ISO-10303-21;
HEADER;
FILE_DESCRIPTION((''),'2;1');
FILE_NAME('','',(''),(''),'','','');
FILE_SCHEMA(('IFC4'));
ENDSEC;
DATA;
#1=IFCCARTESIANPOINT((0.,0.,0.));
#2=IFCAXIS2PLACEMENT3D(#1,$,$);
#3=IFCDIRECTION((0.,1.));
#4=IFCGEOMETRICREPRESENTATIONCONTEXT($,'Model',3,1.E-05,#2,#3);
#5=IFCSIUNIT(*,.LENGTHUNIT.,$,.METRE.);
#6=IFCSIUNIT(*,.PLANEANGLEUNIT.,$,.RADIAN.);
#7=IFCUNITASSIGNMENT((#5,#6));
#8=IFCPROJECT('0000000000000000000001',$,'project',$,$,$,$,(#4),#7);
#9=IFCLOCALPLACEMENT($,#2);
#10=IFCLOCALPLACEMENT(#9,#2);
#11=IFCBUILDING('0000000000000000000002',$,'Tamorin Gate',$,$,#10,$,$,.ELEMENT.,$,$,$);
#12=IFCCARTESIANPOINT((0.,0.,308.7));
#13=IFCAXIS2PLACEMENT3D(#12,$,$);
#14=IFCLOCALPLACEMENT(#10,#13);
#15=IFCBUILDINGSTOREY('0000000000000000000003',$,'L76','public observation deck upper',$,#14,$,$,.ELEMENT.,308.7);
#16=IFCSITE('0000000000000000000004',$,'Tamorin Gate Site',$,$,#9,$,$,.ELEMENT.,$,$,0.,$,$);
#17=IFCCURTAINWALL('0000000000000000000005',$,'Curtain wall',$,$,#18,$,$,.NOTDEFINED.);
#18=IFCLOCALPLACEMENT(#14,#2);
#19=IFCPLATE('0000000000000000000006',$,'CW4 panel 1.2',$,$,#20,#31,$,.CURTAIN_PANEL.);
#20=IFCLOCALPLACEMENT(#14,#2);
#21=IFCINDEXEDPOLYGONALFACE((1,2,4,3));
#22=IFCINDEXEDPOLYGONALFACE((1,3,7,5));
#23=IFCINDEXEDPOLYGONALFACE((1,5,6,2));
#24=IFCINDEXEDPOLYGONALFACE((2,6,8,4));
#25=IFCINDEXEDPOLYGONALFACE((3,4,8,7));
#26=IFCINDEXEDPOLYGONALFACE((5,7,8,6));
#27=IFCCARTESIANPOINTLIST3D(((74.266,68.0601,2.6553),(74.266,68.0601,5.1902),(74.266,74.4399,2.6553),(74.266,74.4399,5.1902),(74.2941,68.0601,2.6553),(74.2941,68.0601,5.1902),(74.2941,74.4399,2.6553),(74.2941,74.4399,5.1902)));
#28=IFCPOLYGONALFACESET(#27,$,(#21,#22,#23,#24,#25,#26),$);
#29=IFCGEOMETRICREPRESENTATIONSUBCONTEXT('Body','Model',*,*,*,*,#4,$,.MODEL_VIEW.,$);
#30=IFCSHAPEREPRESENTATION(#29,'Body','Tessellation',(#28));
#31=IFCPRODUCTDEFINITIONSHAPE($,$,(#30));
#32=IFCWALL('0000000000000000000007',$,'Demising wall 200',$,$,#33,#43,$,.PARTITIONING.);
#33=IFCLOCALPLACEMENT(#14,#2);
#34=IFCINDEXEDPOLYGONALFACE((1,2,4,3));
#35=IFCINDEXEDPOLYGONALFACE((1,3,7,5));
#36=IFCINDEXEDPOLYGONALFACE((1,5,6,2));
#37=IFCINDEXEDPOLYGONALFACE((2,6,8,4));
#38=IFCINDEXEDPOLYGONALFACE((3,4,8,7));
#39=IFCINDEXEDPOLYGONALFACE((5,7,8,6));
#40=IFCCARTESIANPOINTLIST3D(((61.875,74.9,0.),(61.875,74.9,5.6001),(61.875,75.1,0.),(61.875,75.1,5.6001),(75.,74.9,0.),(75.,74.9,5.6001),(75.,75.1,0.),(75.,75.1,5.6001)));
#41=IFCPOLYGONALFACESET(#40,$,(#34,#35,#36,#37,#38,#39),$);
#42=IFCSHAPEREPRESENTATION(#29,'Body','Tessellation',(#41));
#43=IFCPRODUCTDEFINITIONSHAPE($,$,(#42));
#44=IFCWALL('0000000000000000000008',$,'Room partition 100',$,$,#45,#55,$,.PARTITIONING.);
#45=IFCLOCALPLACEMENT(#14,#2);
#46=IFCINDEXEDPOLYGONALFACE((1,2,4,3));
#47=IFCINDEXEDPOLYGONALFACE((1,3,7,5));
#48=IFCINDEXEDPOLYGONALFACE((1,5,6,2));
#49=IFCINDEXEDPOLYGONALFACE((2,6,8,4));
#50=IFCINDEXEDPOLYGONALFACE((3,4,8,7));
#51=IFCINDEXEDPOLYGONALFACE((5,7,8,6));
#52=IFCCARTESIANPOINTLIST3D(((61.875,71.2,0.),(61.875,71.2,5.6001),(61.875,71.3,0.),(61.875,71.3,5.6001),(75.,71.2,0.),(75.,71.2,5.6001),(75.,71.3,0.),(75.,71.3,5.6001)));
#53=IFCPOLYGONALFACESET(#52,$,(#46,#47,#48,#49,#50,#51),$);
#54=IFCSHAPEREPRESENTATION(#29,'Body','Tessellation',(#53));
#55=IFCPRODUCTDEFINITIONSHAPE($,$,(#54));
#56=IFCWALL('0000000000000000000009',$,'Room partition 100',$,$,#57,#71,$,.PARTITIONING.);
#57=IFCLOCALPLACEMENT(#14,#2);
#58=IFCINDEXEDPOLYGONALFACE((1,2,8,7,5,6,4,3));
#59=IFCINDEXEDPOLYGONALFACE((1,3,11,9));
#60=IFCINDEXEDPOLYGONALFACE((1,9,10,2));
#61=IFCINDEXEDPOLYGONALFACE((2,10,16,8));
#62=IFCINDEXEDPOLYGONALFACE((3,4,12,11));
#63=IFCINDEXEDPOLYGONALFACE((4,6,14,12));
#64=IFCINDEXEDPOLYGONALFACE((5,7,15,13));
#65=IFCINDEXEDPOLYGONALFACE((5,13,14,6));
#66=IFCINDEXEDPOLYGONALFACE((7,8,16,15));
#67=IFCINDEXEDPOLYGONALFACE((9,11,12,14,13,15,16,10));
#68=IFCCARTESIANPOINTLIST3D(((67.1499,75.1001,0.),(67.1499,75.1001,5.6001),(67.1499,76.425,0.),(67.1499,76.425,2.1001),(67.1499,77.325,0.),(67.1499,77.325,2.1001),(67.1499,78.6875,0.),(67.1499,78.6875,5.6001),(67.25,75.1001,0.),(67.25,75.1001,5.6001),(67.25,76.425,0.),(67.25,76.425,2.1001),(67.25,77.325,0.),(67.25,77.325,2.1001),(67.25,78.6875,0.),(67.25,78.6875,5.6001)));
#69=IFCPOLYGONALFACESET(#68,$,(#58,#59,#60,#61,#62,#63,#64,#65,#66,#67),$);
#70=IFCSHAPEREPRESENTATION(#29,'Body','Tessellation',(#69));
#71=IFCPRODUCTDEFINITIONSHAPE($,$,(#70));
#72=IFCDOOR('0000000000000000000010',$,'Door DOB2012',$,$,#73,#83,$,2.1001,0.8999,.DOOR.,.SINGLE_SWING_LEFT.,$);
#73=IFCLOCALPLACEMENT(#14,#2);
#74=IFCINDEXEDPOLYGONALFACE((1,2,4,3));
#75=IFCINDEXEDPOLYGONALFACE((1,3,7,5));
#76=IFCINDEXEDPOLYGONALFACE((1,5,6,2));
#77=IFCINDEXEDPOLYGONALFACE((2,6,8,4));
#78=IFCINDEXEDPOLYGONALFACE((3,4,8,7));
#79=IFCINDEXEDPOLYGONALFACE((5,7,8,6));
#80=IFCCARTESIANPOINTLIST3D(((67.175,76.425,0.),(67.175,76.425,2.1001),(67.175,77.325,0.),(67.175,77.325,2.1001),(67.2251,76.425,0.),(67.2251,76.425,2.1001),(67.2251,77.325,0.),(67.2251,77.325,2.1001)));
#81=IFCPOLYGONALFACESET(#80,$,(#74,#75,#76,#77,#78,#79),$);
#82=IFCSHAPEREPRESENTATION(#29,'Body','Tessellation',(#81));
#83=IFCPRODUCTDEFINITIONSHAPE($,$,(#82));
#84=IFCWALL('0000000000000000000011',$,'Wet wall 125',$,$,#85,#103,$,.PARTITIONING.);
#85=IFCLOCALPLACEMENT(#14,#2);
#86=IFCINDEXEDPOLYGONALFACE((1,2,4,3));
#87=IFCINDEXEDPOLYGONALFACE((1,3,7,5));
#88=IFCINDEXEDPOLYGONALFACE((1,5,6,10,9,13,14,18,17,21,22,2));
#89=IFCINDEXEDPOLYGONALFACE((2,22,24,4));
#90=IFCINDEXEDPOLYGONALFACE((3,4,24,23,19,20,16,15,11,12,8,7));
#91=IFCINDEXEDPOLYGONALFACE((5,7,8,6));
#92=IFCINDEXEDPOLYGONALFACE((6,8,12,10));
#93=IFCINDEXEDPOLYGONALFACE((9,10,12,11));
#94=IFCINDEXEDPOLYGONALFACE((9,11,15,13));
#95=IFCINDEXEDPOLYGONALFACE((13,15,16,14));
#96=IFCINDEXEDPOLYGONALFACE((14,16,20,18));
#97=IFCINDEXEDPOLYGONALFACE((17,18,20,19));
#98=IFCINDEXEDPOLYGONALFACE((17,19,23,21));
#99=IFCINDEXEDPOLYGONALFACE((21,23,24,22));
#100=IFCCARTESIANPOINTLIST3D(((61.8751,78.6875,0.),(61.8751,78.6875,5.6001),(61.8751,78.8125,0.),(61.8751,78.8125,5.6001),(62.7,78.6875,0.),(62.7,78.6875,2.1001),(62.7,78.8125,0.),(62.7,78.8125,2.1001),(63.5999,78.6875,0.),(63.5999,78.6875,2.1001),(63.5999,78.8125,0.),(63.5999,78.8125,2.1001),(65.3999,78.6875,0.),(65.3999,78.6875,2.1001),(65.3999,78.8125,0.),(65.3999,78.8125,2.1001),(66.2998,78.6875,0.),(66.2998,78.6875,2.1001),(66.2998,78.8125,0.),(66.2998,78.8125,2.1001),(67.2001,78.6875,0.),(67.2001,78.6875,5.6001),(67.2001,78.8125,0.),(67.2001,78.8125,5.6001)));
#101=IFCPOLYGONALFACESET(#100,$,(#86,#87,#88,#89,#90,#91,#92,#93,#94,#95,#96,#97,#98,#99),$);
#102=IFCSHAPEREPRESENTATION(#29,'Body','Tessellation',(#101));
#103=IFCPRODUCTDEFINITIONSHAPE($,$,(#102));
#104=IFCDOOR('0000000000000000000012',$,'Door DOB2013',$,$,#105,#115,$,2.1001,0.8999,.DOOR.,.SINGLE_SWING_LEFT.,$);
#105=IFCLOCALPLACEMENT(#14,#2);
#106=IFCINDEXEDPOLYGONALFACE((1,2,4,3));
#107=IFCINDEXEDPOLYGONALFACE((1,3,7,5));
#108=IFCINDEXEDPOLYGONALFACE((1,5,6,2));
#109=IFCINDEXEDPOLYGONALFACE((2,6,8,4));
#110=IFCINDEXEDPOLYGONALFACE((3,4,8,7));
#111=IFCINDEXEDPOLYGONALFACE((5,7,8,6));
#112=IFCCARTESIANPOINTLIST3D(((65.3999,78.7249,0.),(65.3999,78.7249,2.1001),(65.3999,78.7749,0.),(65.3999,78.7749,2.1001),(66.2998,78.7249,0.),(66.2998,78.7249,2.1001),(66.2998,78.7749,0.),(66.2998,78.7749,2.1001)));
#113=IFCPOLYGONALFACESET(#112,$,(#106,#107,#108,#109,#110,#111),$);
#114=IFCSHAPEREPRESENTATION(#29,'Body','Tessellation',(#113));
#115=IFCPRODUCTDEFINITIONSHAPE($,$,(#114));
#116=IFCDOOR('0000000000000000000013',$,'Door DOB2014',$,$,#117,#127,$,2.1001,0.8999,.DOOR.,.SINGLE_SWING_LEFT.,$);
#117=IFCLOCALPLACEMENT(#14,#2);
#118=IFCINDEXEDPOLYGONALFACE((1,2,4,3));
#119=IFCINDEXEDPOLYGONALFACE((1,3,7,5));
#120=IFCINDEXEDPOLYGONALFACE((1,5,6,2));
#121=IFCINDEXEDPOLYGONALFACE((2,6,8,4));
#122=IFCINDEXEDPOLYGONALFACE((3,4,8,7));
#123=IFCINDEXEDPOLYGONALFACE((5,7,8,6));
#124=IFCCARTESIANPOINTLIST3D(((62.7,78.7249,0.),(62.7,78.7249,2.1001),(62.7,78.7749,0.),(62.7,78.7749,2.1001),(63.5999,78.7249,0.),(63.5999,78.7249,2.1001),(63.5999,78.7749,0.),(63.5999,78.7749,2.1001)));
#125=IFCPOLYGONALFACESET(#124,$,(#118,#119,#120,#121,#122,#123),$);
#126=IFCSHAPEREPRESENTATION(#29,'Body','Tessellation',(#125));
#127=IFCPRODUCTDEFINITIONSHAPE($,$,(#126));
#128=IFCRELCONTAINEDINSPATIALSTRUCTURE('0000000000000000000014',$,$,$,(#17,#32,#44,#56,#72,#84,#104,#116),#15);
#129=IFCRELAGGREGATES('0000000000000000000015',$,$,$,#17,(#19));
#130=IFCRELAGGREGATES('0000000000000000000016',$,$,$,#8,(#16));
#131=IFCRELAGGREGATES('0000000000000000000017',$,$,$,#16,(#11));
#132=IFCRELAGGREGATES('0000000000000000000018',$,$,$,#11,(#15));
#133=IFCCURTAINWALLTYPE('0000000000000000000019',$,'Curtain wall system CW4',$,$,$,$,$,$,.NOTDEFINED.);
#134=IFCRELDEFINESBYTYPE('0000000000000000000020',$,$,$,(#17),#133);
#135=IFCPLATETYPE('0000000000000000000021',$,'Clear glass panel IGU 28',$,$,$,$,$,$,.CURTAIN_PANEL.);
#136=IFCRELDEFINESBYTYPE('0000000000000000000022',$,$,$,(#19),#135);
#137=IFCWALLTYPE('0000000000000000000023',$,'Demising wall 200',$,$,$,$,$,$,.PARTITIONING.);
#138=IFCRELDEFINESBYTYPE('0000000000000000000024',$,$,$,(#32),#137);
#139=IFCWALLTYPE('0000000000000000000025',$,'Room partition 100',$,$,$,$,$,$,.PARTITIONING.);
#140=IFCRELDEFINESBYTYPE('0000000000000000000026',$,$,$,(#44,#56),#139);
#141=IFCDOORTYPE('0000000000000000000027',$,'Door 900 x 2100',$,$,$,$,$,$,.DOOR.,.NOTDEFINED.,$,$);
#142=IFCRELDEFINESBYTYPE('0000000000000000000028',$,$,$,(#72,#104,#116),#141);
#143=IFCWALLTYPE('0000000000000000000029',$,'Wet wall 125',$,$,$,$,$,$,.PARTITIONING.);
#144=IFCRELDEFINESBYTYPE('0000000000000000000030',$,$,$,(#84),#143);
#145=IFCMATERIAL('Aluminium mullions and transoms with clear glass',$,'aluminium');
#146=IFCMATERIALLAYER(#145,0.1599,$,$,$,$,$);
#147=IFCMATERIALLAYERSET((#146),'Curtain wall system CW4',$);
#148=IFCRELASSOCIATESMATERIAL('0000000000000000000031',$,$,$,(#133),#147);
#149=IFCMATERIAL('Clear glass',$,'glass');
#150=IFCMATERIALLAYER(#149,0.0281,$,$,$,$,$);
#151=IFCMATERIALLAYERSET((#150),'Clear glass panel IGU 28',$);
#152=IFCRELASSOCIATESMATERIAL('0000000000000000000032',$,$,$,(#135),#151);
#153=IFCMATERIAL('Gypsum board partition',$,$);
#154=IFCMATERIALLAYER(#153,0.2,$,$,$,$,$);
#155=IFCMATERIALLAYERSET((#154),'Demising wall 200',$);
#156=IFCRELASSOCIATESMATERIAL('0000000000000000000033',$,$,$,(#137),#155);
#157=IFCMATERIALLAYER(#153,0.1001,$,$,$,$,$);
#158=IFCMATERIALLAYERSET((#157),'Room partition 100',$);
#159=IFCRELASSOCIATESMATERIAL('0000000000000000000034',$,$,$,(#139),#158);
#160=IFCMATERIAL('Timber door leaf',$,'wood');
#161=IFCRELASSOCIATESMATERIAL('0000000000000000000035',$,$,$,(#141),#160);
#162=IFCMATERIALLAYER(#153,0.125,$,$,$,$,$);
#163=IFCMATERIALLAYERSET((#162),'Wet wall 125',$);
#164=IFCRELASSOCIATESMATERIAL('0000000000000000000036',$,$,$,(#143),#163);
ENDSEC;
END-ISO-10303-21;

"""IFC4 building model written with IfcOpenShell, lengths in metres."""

from ifc_helpers import new_model, si_unit, direction, frame, frame_2d, origin, origin_2d, place, context, subcontext, project, spatial, rectangle, extrude, material, layer, layer_set, type_object, element, fill, aggregate, save


model = new_model("IFC4")

# Units and contexts
model_context = context("Model", 3, precision=1e-05, world=origin(), true_north=direction((0.0, 1.0)))
body_context = subcontext(model_context, "Body", "Model", "MODEL_VIEW")
ifc_project = project(units=[si_unit("LENGTHUNIT", "METRE"), si_unit("PLANEANGLEUNIT", "RADIAN")], contexts=[model_context])

# Site, building, storey
site_placement = place(None, origin())
site = spatial("IfcSite", under=ifc_project, at=site_placement, Name="Tamorin Gate Site", CompositionType="ELEMENT", RefElevation=0.0)
building_placement = place(site_placement, origin())
building = spatial("IfcBuilding", under=site, at=building_placement, Name="Tamorin Gate", CompositionType="ELEMENT")
storey_placement = place(building_placement, frame((0.0, 0.0, 308.7)))
storey = spatial("IfcBuildingStorey", under=building, at=storey_placement, Name="L76", Description="public observation deck upper", CompositionType="ELEMENT", Elevation=308.7)

# Curtain wall
ifc_material_1 = material(Name="Aluminium mullions and transoms with clear glass", Category="aluminium")
ifc_layer_1 = layer(ifc_material_1, 0.1599)
ifc_layer_set_1 = layer_set([ifc_layer_1], Name="Curtain wall system CW4")
curtain_wall_type = type_object("IfcCurtainWallType", Name="Curtain wall system CW4", PredefinedType="NOTDEFINED", material=ifc_layer_set_1)
curtain_wall_1_placement = place(storey_placement, origin())
curtain_wall_1 = element("IfcCurtainWall", 1, at=curtain_wall_1_placement, inside=storey, type_object=curtain_wall_type, Name="Curtain wall", PredefinedType="NOTDEFINED")

# Plate
ifc_material_2 = material(Name="Clear glass", Category="glass")
ifc_layer_2 = layer(ifc_material_2, 0.0281)
ifc_layer_set_2 = layer_set([ifc_layer_2], Name="Clear glass panel IGU 28")
plate_type = type_object("IfcPlateType", Name="Clear glass panel IGU 28", PredefinedType="CURTAIN_PANEL", material=ifc_layer_set_2)
plate_1_placement = place(storey_placement, frame((74.28, 71.25, 2.6553), z_axis=(0.0, 0.0, 1.0), x_axis=(0.0, 1.0, 0.0)))
plate_1 = element("IfcPlate", 2, at=plate_1_placement, type_object=plate_type, Name="CW4 panel 1.2", PredefinedType="CURTAIN_PANEL", context=body_context, shape_type="SweptSolid", body=[
    extrude(rectangle(XDim=6.3799, YDim=0.0281, at=origin_2d()), origin(), (0.0, 0.0, 1.0), 2.5349),
])
aggregate(curtain_wall_1, [plate_1])

# Walls
ifc_material_3 = material(Name="Gypsum board partition")
ifc_layer_3 = layer(ifc_material_3, 0.2)
ifc_layer_set_3 = layer_set([ifc_layer_3], Name="Demising wall 200")
wall_type_1 = type_object("IfcWallType", Name="Demising wall 200", PredefinedType="PARTITIONING", material=ifc_layer_set_3)
wall_1_placement = place(storey_placement, frame((61.875, 75.0, 0.0), z_axis=(0.0, 0.0, 1.0), x_axis=(1.0, 0.0, 0.0)))
element("IfcWall", 3, at=wall_1_placement, inside=storey, type_object=wall_type_1, Name="Demising wall 200", PredefinedType="PARTITIONING", context=body_context, shape_type="SweptSolid", body=[
    extrude(rectangle(XDim=13.125, YDim=0.2, at=frame_2d((6.5625, 0.0))), origin(), (0.0, 0.0, 1.0), 5.6001),
])
ifc_layer_4 = layer(ifc_material_3, 0.1001)
ifc_layer_set_4 = layer_set([ifc_layer_4], Name="Room partition 100")
wall_type_2 = type_object("IfcWallType", Name="Room partition 100", PredefinedType="PARTITIONING", material=ifc_layer_set_4)
wall_2_placement = place(storey_placement, frame((61.875, 71.25, 0.0), z_axis=(0.0, 0.0, 1.0), x_axis=(1.0, 0.0, 0.0)))
element("IfcWall", 4, at=wall_2_placement, inside=storey, type_object=wall_type_2, Name="Room partition 100", PredefinedType="PARTITIONING", context=body_context, shape_type="SweptSolid", body=[
    extrude(rectangle(XDim=13.125, YDim=0.1001, at=frame_2d((6.5625, 0.0))), origin(), (0.0, 0.0, 1.0), 5.6001),
])

# Wall, opening, door
wall_3_placement = place(storey_placement, frame((67.2, 75.1001, 0.0), z_axis=(0.0, 0.0, 1.0), x_axis=(0.0, 1.0, 0.0)))
wall_3 = element("IfcWall", 5, at=wall_3_placement, inside=storey, type_object=wall_type_2, Name="Room partition 100", PredefinedType="PARTITIONING", context=body_context, shape_type="SweptSolid", body=[
    extrude(rectangle(XDim=3.5874, YDim=0.1001, at=frame_2d((1.7937, 0.0))), origin(), (0.0, 0.0, 1.0), 5.6001),
])
opening_1_placement = place(wall_3_placement, frame((1.325, 0.0, 0.0)))
opening_1 = element("IfcOpeningElement", 6, at=opening_1_placement, cuts=wall_3, PredefinedType="OPENING", context=body_context, shape_type="SweptSolid", body=[
    extrude(rectangle(XDim=0.8999, YDim=2.1001, at=frame_2d((0.45, 1.05))), frame((0.0, 0.0601, 0.0), z_axis=(0.0, -1.0, 0.0), x_axis=(1.0, 0.0, 0.0)), (0.0, 0.0, 1.0), 0.1201),
])
ifc_material_4 = material(Name="Timber door leaf", Category="wood")
door_type = type_object("IfcDoorType", Name="Door 900 x 2100", OperationType="NOTDEFINED", PredefinedType="DOOR", material=ifc_material_4)
door_1_placement = place(opening_1_placement, origin())
door_1 = element("IfcDoor", 7, at=door_1_placement, inside=storey, type_object=door_type, Name="Door DOB2012", OperationType="SINGLE_SWING_LEFT", OverallHeight=2.1001, OverallWidth=0.8999, PredefinedType="DOOR", context=body_context, shape_type="SweptSolid", body=[
    extrude(rectangle(XDim=0.8999, YDim=2.1001, at=frame_2d((0.45, 1.05))), frame((0.0, 0.0249, 0.0), z_axis=(0.0, -1.0, 0.0), x_axis=(1.0, 0.0, 0.0)), (0.0, 0.0, 1.0), 0.05),
])
fill(opening_1, door_1)

# Wall, openings, doors
ifc_layer_5 = layer(ifc_material_3, 0.125)
ifc_layer_set_5 = layer_set([ifc_layer_5], Name="Wet wall 125")
wall_type_3 = type_object("IfcWallType", Name="Wet wall 125", PredefinedType="PARTITIONING", material=ifc_layer_set_5)
wall_4_placement = place(storey_placement, frame((61.875, 78.75, 0.0), z_axis=(0.0, 0.0, 1.0), x_axis=(1.0, 0.0, 0.0)))
wall_4 = element("IfcWall", 8, at=wall_4_placement, inside=storey, type_object=wall_type_3, Name="Wet wall 125", PredefinedType="PARTITIONING", context=body_context, shape_type="SweptSolid", body=[
    extrude(rectangle(XDim=5.325, YDim=0.125, at=frame_2d((2.6626, 0.0))), origin(), (0.0, 0.0, 1.0), 5.6001),
])
opening_2_placement = place(wall_4_placement, frame((3.5249, 0.0, 0.0)))
opening_2 = element("IfcOpeningElement", 9, at=opening_2_placement, cuts=wall_4, PredefinedType="OPENING", context=body_context, shape_type="SweptSolid", body=[
    extrude(rectangle(XDim=0.8999, YDim=2.1001, at=frame_2d((0.45, 1.05))), frame((0.0, 0.0725, 0.0), z_axis=(0.0, -1.0, 0.0), x_axis=(1.0, 0.0, 0.0)), (0.0, 0.0, 1.0), 0.145),
])
opening_3_placement = place(wall_4_placement, frame((0.825, 0.0, 0.0)))
opening_3 = element("IfcOpeningElement", 10, at=opening_3_placement, cuts=wall_4, PredefinedType="OPENING", context=body_context, shape_type="SweptSolid", body=[
    extrude(rectangle(XDim=0.8999, YDim=2.1001, at=frame_2d((0.45, 1.05))), frame((0.0, 0.0725, 0.0), z_axis=(0.0, -1.0, 0.0), x_axis=(1.0, 0.0, 0.0)), (0.0, 0.0, 1.0), 0.145),
])
door_2_placement = place(opening_2_placement, origin())
door_2 = element("IfcDoor", 11, at=door_2_placement, inside=storey, type_object=door_type, Name="Door DOB2013", OperationType="SINGLE_SWING_LEFT", OverallHeight=2.1001, OverallWidth=0.8999, PredefinedType="DOOR", context=body_context, shape_type="SweptSolid", body=[
    extrude(rectangle(XDim=0.8999, YDim=2.1001, at=frame_2d((0.45, 1.05))), frame((0.0, 0.0249, 0.0), z_axis=(0.0, -1.0, 0.0), x_axis=(1.0, 0.0, 0.0)), (0.0, 0.0, 1.0), 0.05),
])
fill(opening_2, door_2)
door_3_placement = place(opening_3_placement, origin())
door_3 = element("IfcDoor", 12, at=door_3_placement, inside=storey, type_object=door_type, Name="Door DOB2014", OperationType="SINGLE_SWING_LEFT", OverallHeight=2.1001, OverallWidth=0.8999, PredefinedType="DOOR", context=body_context, shape_type="SweptSolid", body=[
    extrude(rectangle(XDim=0.8999, YDim=2.1001, at=frame_2d((0.45, 1.05))), frame((0.0, 0.0249, 0.0), z_axis=(0.0, -1.0, 0.0), x_axis=(1.0, 0.0, 0.0)), (0.0, 0.0, 1.0), 0.05),
])
fill(opening_3, door_3)

save(model, "model.ifc")
